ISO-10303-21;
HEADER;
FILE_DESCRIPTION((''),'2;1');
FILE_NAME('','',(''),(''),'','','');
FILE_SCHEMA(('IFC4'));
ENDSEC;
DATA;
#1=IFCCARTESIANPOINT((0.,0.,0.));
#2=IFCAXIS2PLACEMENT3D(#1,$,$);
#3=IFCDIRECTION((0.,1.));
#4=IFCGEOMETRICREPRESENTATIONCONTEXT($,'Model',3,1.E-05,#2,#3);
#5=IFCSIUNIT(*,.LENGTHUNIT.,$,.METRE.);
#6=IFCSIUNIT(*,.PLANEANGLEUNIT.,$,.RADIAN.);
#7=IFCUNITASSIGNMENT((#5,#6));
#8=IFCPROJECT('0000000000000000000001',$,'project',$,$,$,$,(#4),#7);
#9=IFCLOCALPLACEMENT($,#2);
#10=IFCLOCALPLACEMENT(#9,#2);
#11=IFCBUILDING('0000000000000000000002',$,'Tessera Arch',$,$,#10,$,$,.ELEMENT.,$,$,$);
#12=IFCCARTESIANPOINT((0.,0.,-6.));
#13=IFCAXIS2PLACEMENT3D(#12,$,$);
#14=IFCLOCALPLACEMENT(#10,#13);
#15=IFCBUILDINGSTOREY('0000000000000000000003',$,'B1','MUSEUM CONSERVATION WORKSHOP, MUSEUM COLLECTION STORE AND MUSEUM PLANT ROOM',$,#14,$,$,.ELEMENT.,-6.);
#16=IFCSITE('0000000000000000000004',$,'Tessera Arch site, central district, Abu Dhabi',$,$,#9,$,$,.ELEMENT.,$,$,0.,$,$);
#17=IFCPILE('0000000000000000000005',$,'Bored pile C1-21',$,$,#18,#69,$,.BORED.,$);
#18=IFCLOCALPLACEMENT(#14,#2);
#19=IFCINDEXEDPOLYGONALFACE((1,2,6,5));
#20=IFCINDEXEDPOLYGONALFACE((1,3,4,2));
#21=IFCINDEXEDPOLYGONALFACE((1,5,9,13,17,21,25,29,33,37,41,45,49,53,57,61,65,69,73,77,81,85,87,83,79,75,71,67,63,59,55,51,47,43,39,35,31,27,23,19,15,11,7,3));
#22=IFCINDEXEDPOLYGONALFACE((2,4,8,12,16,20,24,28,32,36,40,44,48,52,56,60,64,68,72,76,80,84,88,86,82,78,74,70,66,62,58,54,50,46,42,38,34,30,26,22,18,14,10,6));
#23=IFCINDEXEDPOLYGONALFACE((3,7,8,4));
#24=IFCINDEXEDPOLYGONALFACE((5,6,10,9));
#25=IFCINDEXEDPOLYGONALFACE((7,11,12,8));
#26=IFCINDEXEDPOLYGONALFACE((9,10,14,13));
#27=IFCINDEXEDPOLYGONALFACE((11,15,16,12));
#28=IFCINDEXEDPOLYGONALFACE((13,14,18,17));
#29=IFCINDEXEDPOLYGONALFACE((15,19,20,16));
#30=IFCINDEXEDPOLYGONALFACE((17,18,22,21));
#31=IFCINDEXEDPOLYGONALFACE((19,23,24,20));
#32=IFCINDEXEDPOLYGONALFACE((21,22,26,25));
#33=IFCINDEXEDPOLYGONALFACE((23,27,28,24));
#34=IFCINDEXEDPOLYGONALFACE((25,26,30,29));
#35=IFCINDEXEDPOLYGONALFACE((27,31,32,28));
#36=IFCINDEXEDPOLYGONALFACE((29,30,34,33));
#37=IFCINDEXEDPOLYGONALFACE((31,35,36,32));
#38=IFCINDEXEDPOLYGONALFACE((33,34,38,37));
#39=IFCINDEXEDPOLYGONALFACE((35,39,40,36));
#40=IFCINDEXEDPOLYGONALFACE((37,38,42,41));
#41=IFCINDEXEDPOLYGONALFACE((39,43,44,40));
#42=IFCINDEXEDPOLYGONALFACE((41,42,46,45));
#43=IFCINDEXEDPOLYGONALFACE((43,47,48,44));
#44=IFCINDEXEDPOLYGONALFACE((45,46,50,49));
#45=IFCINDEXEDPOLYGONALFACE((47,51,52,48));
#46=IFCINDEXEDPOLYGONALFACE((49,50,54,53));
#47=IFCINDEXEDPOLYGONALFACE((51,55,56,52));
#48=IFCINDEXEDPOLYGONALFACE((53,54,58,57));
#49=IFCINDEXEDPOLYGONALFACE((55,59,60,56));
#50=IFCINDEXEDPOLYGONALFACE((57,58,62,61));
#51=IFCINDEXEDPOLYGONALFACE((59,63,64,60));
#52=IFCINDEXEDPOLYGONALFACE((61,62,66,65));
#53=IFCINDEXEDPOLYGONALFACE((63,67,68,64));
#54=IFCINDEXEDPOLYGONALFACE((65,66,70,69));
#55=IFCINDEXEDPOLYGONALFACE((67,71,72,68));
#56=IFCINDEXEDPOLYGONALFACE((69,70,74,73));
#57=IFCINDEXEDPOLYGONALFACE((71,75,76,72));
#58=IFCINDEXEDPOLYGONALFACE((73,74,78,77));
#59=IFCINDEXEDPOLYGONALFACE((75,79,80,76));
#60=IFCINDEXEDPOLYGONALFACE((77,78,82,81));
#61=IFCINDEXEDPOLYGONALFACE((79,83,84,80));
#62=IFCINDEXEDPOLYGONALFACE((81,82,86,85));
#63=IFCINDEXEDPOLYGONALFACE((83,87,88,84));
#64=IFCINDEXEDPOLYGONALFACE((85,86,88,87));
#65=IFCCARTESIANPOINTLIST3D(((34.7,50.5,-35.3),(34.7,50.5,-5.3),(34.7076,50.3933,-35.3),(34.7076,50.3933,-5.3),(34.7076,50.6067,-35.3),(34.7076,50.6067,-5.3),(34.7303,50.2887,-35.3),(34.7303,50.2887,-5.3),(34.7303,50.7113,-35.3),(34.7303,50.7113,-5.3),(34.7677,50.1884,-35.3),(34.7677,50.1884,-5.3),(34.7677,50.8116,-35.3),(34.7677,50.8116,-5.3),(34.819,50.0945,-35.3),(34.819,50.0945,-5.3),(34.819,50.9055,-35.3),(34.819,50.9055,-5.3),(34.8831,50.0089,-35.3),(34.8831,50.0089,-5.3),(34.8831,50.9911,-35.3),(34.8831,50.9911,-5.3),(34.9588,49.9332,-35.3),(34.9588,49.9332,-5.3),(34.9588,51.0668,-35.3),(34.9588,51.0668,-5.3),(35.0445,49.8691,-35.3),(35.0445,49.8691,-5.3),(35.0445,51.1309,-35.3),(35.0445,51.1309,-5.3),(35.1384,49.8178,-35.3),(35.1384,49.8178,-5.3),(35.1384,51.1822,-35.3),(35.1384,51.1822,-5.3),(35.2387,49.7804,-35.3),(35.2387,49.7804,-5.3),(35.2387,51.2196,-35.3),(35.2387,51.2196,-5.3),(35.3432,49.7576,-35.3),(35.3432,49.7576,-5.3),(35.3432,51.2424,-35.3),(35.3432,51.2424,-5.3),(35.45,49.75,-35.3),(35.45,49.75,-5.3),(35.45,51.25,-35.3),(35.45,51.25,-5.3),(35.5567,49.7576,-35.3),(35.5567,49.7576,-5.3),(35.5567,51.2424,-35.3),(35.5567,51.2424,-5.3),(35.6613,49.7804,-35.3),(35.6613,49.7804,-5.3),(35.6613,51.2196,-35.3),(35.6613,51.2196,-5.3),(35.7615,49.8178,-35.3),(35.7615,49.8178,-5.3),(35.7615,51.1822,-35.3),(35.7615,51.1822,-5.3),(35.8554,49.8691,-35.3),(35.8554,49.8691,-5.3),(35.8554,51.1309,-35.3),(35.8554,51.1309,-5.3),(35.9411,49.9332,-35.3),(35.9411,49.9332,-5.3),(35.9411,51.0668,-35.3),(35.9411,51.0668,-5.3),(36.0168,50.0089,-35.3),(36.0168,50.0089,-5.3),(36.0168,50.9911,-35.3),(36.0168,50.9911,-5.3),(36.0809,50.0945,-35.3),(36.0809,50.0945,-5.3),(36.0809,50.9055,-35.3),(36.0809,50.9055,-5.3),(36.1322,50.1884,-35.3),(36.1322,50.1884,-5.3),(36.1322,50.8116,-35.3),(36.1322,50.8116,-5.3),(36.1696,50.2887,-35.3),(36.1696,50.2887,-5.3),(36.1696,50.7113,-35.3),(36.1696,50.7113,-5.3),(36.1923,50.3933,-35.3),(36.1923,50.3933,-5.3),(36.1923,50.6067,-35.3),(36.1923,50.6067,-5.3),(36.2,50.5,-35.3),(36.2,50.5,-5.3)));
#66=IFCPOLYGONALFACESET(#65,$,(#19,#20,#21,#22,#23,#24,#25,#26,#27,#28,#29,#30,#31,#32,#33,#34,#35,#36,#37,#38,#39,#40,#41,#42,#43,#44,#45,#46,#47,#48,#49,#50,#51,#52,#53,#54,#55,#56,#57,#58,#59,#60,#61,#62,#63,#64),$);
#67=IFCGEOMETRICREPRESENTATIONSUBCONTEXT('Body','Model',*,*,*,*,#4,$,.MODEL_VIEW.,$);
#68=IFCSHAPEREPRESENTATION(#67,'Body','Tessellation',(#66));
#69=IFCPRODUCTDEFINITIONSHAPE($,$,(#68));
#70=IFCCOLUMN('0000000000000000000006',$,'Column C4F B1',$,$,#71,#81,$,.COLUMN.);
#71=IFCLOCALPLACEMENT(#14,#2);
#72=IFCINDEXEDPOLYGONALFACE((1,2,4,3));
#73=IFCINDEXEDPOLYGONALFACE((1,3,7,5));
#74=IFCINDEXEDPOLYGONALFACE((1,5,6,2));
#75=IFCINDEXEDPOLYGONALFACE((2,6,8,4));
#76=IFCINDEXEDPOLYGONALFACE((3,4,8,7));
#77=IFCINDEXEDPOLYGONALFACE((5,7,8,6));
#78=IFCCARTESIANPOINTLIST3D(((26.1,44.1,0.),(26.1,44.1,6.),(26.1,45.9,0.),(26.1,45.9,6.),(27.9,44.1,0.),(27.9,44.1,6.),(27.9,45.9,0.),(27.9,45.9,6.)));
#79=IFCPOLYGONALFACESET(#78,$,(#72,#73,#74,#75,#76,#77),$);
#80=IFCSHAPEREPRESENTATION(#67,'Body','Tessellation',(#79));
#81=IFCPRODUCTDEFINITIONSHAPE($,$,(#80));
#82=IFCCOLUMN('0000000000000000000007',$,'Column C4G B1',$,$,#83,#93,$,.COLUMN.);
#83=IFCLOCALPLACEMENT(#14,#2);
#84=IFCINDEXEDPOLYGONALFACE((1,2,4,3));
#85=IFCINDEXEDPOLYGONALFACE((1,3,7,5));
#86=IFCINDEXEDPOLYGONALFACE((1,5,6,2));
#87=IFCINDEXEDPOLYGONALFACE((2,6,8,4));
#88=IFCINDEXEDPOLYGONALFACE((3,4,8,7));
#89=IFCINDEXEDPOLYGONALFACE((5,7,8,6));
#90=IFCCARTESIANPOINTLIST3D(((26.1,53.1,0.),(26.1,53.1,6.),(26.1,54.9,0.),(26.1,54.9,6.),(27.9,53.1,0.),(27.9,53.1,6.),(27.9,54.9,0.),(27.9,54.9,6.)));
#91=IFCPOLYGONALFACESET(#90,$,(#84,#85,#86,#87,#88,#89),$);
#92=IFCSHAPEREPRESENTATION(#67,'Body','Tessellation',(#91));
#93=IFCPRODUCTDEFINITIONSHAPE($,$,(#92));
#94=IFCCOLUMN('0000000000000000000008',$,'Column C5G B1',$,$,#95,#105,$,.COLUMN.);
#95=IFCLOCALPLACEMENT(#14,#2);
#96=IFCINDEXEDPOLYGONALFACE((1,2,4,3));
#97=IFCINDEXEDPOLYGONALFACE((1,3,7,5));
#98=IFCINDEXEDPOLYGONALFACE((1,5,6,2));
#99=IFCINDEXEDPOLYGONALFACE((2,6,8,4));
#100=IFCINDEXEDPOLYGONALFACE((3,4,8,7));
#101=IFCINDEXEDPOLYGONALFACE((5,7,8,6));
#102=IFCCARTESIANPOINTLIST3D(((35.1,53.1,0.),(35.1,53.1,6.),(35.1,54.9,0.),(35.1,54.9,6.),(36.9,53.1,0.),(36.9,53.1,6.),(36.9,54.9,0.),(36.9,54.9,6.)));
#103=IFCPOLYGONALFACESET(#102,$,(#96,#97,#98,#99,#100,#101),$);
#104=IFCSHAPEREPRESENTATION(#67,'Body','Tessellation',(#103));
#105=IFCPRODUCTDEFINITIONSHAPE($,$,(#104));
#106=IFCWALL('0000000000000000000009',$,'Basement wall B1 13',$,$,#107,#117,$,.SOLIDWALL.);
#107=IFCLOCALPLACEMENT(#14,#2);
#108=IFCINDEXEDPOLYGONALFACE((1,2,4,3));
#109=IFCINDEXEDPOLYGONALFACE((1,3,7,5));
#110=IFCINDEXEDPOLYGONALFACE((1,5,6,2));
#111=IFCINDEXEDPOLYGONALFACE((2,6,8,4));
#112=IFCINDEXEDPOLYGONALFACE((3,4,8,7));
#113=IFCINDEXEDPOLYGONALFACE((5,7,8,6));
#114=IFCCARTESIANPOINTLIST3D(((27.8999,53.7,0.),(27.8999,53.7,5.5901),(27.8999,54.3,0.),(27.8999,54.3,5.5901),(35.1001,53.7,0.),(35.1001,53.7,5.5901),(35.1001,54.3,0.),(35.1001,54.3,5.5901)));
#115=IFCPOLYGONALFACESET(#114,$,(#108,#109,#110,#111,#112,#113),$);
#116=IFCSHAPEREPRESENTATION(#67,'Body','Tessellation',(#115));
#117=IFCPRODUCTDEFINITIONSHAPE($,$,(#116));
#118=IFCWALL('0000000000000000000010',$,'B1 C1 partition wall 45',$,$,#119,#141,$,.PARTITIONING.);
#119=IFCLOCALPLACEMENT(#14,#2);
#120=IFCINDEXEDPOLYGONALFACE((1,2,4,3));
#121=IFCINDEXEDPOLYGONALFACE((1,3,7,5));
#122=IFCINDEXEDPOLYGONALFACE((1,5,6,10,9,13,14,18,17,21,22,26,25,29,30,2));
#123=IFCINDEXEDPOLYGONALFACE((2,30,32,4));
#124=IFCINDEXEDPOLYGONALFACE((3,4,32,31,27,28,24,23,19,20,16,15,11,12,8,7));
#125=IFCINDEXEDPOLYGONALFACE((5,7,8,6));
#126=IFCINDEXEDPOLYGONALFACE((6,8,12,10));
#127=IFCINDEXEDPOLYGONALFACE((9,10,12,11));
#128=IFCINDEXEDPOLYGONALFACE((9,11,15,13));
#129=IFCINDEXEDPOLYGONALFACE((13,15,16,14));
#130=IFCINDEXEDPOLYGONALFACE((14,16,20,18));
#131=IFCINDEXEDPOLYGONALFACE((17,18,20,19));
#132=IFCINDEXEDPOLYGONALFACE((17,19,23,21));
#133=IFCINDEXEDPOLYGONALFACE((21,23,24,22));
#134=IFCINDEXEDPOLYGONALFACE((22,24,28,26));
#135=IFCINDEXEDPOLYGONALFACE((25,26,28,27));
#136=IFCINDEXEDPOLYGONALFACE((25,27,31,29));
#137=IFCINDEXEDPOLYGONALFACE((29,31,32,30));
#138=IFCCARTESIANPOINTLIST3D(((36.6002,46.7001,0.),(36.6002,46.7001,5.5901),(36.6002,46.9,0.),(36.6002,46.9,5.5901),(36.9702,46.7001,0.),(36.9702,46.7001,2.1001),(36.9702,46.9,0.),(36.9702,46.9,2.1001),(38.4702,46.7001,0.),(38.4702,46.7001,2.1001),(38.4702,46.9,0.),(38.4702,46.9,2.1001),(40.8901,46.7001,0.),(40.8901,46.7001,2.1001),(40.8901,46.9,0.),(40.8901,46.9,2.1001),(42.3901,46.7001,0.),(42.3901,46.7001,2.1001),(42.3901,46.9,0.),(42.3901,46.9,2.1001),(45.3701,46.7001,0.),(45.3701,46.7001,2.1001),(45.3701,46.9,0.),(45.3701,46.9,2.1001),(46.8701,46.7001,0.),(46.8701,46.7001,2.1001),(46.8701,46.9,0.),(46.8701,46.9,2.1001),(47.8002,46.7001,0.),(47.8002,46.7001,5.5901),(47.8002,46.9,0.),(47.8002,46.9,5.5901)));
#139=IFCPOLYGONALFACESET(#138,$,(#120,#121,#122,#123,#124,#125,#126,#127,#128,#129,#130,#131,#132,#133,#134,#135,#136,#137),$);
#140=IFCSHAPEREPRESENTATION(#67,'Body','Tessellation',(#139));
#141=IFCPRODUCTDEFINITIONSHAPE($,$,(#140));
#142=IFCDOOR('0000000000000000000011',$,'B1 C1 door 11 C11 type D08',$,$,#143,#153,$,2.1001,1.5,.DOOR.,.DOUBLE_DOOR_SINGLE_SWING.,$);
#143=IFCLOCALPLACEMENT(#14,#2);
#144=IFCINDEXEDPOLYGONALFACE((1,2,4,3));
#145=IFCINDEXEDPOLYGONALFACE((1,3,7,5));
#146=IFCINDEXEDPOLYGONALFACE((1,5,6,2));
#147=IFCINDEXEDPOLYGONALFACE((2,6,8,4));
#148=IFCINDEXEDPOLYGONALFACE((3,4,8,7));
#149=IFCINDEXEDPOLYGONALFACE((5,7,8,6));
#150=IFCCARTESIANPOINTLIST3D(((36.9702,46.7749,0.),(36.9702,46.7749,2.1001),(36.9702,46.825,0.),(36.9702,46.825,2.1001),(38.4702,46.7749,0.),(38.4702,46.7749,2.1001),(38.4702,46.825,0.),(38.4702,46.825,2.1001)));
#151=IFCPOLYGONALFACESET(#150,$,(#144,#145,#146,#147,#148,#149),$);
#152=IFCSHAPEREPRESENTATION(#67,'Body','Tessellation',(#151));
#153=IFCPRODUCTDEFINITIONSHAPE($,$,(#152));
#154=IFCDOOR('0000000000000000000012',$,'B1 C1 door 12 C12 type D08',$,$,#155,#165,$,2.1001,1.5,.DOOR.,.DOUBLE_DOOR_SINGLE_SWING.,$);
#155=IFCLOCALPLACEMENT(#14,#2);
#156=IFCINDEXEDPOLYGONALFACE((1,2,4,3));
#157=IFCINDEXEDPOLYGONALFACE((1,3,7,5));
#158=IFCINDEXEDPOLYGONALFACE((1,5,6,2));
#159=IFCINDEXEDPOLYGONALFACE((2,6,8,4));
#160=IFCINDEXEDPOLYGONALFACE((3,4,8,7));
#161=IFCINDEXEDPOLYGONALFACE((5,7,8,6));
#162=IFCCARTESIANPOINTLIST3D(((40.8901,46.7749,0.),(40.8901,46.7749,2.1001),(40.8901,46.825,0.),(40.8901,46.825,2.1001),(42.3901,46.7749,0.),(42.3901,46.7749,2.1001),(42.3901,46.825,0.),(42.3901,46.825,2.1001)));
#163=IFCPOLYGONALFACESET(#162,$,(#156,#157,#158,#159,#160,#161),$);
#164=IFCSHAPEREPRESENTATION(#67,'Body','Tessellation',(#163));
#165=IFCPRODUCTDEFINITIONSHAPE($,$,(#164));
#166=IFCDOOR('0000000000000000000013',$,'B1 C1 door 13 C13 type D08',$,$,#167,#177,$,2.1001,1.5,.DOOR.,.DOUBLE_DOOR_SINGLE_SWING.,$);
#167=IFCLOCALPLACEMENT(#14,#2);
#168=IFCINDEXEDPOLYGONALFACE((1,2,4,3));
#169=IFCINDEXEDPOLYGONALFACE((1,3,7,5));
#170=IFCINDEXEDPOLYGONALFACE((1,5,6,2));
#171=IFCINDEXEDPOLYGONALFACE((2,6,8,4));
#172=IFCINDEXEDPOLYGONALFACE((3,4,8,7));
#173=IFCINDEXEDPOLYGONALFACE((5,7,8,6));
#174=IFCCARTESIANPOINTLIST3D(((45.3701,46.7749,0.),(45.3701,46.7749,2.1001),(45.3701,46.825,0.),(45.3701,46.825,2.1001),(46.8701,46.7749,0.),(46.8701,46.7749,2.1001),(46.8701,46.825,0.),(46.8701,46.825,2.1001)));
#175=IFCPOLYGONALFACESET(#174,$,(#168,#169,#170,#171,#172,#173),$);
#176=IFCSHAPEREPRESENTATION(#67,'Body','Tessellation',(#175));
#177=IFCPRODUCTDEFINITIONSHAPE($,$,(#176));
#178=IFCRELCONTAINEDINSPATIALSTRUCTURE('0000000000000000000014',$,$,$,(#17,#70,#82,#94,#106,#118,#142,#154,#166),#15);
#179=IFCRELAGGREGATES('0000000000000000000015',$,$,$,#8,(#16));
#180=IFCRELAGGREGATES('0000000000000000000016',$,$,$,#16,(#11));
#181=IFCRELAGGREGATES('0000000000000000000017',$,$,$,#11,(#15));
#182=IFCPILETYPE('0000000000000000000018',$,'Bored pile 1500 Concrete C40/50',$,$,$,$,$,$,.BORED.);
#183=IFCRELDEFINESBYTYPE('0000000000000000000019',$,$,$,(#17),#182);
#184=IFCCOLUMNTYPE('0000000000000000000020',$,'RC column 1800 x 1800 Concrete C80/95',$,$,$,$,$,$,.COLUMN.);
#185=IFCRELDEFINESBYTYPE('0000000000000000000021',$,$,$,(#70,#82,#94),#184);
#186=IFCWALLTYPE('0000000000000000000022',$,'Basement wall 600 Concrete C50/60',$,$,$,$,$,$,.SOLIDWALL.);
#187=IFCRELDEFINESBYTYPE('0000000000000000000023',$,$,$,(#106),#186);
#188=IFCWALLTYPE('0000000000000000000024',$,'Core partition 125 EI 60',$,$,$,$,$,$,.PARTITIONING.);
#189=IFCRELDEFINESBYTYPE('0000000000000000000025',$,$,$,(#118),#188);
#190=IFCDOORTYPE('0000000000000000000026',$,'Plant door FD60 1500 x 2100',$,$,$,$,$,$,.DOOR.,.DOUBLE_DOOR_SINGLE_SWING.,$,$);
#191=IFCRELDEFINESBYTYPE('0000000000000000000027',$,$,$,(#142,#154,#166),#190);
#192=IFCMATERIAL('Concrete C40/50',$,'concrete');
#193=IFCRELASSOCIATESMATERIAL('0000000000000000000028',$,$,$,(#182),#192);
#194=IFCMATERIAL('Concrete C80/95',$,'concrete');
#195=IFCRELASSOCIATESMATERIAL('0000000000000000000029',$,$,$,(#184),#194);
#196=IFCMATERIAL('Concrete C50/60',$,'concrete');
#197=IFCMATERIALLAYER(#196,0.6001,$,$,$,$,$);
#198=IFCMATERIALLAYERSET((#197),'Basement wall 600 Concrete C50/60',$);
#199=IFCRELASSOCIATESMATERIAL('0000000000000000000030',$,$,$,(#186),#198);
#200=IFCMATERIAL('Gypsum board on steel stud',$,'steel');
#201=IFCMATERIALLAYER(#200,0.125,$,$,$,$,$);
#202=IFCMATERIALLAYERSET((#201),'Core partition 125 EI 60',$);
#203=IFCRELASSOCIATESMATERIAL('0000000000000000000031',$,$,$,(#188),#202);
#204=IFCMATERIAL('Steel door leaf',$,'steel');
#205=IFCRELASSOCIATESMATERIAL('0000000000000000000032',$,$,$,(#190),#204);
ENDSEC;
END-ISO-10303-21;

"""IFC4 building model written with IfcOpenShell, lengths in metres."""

from ifc_helpers import new_model, si_unit, direction, frame, frame_2d, origin, origin_2d, place, context, subcontext, project, spatial, rectangle, circle, extrude, material, layer, layer_set, material_profile, profile_set, type_object, element, fill, save


model = new_model("IFC4")

# Units and contexts
model_context = context("Model", 3, precision=1e-05, world=origin(), true_north=direction((0.0, 1.0)))
body_context = subcontext(model_context, "Body", "Model", "MODEL_VIEW")
ifc_project = project(units=[si_unit("LENGTHUNIT", "METRE"), si_unit("PLANEANGLEUNIT", "RADIAN")], contexts=[model_context])

# Site, building, storey
site_placement = place(None, origin())
site = spatial("IfcSite", under=ifc_project, at=site_placement, Name="Tessera Arch site, central district, Abu Dhabi", CompositionType="ELEMENT", RefElevation=0.0)
building_placement = place(site_placement, origin())
building = spatial("IfcBuilding", under=site, at=building_placement, Name="Tessera Arch", CompositionType="ELEMENT")
storey_placement = place(building_placement, frame((0.0, 0.0, -6.0)))
storey = spatial("IfcBuildingStorey", under=building, at=storey_placement, Name="B1", Description="MUSEUM CONSERVATION WORKSHOP, MUSEUM COLLECTION STORE AND MUSEUM PLANT ROOM", CompositionType="ELEMENT", Elevation=-6.0)

# Pile
ifc_material_1 = material(Name="Concrete C40/50", Category="concrete")
pile_type = type_object("IfcPileType", Name="Bored pile 1500 Concrete C40/50", PredefinedType="BORED", material=ifc_material_1)
for number, where, z_axis, x_axis, name in (
    (1, (35.45, 50.5, -5.3), (0.0, 0.0, -1.0), (1.0, 0.0, 0.0), "Bored pile C1-21"),
):
    element("IfcPile", number, at=place(storey_placement, frame(where, z_axis=z_axis, x_axis=x_axis)), inside=storey, type_object=pile_type, Name=name, PredefinedType="BORED", context=body_context, shape_type="SweptSolid", body=[
        extrude(circle(Radius=0.75, at=origin_2d()), origin(), (0.0, 0.0, 1.0), 30.0),
    ])

# Columns
ifc_material_2 = material(Name="Concrete C80/95", Category="concrete")
ifc_material_profile = material_profile(ifc_material_2, rectangle(XDim=1.8, YDim=1.8, at=origin_2d()), Name="RC column 1800 x 1800 Concrete C80/95")
ifc_profile_set = profile_set([ifc_material_profile], Name="Concrete C80/95")
column_type = type_object("IfcColumnType", Name="RC column 1800 x 1800 Concrete C80/95", PredefinedType="COLUMN", material=ifc_profile_set)
for number, where, z_axis, x_axis, name in (
    (2, (27.0, 45.0, 0.0), (0.0, 0.0, 1.0), (1.0, 0.0, 0.0), "Column C4F B1"),
    (3, (27.0, 54.0, 0.0), (0.0, 0.0, 1.0), (1.0, 0.0, 0.0), "Column C4G B1"),
    (4, (36.0, 54.0, 0.0), (0.0, 0.0, 1.0), (1.0, 0.0, 0.0), "Column C5G B1"),
):
    element("IfcColumn", number, at=place(storey_placement, frame(where, z_axis=z_axis, x_axis=x_axis)), inside=storey, type_object=column_type, Name=name, PredefinedType="COLUMN", context=body_context, shape_type="SweptSolid", body=[
        extrude(rectangle(XDim=1.8, YDim=1.8, at=origin_2d()), origin(), (0.0, 0.0, 1.0), 6.0),
    ])

# Wall
ifc_material_3 = material(Name="Concrete C50/60", Category="concrete")
ifc_layer_1 = layer(ifc_material_3, 0.6001)
ifc_layer_set_1 = layer_set([ifc_layer_1], Name="Basement wall 600 Concrete C50/60")
wall_type_1 = type_object("IfcWallType", Name="Basement wall 600 Concrete C50/60", PredefinedType="SOLIDWALL", material=ifc_layer_set_1)
wall_1_placement = place(storey_placement, frame((35.1001, 54.0, 0.0), z_axis=(0.0, 0.0, 1.0), x_axis=(-1.0, 0.0, 0.0)))
element("IfcWall", 5, at=wall_1_placement, inside=storey, type_object=wall_type_1, Name="Basement wall B1 13", PredefinedType="SOLIDWALL", context=body_context, shape_type="SweptSolid", body=[
    extrude(rectangle(XDim=7.2002, YDim=0.6001, at=frame_2d((3.6001, 0.0))), origin(), (0.0, 0.0, 1.0), 5.5901),
])

# Wall, openings, doors
ifc_material_4 = material(Name="Gypsum board on steel stud", Category="steel")
ifc_layer_2 = layer(ifc_material_4, 0.125)
ifc_layer_set_2 = layer_set([ifc_layer_2], Name="Core partition 125 EI 60")
wall_type_2 = type_object("IfcWallType", Name="Core partition 125 EI 60", PredefinedType="PARTITIONING", material=ifc_layer_set_2)
wall_2_placement = place(storey_placement, frame((36.6001, 46.8, 0.0), z_axis=(0.0, 0.0, 1.0), x_axis=(1.0, 0.0, 0.0)))
wall_2 = element("IfcWall", 6, at=wall_2_placement, inside=storey, type_object=wall_type_2, Name="B1 C1 partition wall 45", PredefinedType="PARTITIONING", context=body_context, shape_type="SweptSolid", body=[
    extrude(rectangle(XDim=11.2, YDim=0.2, at=frame_2d((5.6001, 0.0))), origin(), (0.0, 0.0, 1.0), 5.5901),
])
opening_1_placement = place(wall_2_placement, frame((0.3701, 0.0, 0.0)))
opening_1 = element("IfcOpeningElement", 7, at=opening_1_placement, cuts=wall_2, PredefinedType="OPENING", context=body_context, shape_type="SweptSolid", body=[
    extrude(rectangle(XDim=1.5, YDim=2.1001, at=frame_2d((0.75, 1.05))), frame((0.0, 0.1099, 0.0), z_axis=(0.0, -1.0, 0.0), x_axis=(1.0, 0.0, 0.0)), (0.0, 0.0, 1.0), 0.22),
])
opening_2_placement = place(wall_2_placement, frame((4.29, 0.0, 0.0)))
opening_2 = element("IfcOpeningElement", 8, at=opening_2_placement, cuts=wall_2, PredefinedType="OPENING", context=body_context, shape_type="SweptSolid", body=[
    extrude(rectangle(XDim=1.5, YDim=2.1001, at=frame_2d((0.75, 1.05))), frame((0.0, 0.1099, 0.0), z_axis=(0.0, -1.0, 0.0), x_axis=(1.0, 0.0, 0.0)), (0.0, 0.0, 1.0), 0.22),
])
opening_3_placement = place(wall_2_placement, frame((8.77, 0.0, 0.0)))
opening_3 = element("IfcOpeningElement", 9, at=opening_3_placement, cuts=wall_2, PredefinedType="OPENING", context=body_context, shape_type="SweptSolid", body=[
    extrude(rectangle(XDim=1.5, YDim=2.1001, at=frame_2d((0.75, 1.05))), frame((0.0, 0.1099, 0.0), z_axis=(0.0, -1.0, 0.0), x_axis=(1.0, 0.0, 0.0)), (0.0, 0.0, 1.0), 0.22),
])
ifc_material_5 = material(Name="Steel door leaf", Category="steel")
door_type_1 = type_object("IfcDoorType", Name="Plant door FD60 1500 x 2100", OperationType="DOUBLE_DOOR_SINGLE_SWING", PredefinedType="DOOR", material=ifc_material_5)
door_1_placement = place(opening_1_placement, origin())
door_1 = element("IfcDoor", 10, at=door_1_placement, inside=storey, type_object=door_type_1, Name="B1 C1 door 11 C11 type D08", OperationType="DOUBLE_DOOR_SINGLE_SWING", OverallHeight=2.1001, OverallWidth=1.5, PredefinedType="DOOR", context=body_context, shape_type="SweptSolid", body=[
    extrude(rectangle(XDim=1.5, YDim=2.1001, at=frame_2d((0.75, 1.05))), frame((0.0, 0.0249, 0.0), z_axis=(0.0, -1.0, 0.0), x_axis=(1.0, 0.0, 0.0)), (0.0, 0.0, 1.0), 0.05),
])
fill(opening_1, door_1)
door_2_placement = place(opening_2_placement, origin())
door_2 = element("IfcDoor", 11, at=door_2_placement, inside=storey, type_object=door_type_1, Name="B1 C1 door 12 C12 type D08", OperationType="DOUBLE_DOOR_SINGLE_SWING", OverallHeight=2.1001, OverallWidth=1.5, PredefinedType="DOOR", context=body_context, shape_type="SweptSolid", body=[
    extrude(rectangle(XDim=1.5, YDim=2.1001, at=frame_2d((0.75, 1.05))), frame((0.0, 0.0249, 0.0), z_axis=(0.0, -1.0, 0.0), x_axis=(1.0, 0.0, 0.0)), (0.0, 0.0, 1.0), 0.05),
])
fill(opening_2, door_2)
door_3_placement = place(opening_3_placement, origin())
door_3 = element("IfcDoor", 12, at=door_3_placement, inside=storey, type_object=door_type_1, Name="B1 C1 door 13 C13 type D08", OperationType="DOUBLE_DOOR_SINGLE_SWING", OverallHeight=2.1001, OverallWidth=1.5, PredefinedType="DOOR", context=body_context, shape_type="SweptSolid", body=[
    extrude(rectangle(XDim=1.5, YDim=2.1001, at=frame_2d((0.75, 1.05))), frame((0.0, 0.0249, 0.0), z_axis=(0.0, -1.0, 0.0), x_axis=(1.0, 0.0, 0.0)), (0.0, 0.0, 1.0), 0.05),
])
fill(opening_3, door_3)

save(model, "model.ifc")
